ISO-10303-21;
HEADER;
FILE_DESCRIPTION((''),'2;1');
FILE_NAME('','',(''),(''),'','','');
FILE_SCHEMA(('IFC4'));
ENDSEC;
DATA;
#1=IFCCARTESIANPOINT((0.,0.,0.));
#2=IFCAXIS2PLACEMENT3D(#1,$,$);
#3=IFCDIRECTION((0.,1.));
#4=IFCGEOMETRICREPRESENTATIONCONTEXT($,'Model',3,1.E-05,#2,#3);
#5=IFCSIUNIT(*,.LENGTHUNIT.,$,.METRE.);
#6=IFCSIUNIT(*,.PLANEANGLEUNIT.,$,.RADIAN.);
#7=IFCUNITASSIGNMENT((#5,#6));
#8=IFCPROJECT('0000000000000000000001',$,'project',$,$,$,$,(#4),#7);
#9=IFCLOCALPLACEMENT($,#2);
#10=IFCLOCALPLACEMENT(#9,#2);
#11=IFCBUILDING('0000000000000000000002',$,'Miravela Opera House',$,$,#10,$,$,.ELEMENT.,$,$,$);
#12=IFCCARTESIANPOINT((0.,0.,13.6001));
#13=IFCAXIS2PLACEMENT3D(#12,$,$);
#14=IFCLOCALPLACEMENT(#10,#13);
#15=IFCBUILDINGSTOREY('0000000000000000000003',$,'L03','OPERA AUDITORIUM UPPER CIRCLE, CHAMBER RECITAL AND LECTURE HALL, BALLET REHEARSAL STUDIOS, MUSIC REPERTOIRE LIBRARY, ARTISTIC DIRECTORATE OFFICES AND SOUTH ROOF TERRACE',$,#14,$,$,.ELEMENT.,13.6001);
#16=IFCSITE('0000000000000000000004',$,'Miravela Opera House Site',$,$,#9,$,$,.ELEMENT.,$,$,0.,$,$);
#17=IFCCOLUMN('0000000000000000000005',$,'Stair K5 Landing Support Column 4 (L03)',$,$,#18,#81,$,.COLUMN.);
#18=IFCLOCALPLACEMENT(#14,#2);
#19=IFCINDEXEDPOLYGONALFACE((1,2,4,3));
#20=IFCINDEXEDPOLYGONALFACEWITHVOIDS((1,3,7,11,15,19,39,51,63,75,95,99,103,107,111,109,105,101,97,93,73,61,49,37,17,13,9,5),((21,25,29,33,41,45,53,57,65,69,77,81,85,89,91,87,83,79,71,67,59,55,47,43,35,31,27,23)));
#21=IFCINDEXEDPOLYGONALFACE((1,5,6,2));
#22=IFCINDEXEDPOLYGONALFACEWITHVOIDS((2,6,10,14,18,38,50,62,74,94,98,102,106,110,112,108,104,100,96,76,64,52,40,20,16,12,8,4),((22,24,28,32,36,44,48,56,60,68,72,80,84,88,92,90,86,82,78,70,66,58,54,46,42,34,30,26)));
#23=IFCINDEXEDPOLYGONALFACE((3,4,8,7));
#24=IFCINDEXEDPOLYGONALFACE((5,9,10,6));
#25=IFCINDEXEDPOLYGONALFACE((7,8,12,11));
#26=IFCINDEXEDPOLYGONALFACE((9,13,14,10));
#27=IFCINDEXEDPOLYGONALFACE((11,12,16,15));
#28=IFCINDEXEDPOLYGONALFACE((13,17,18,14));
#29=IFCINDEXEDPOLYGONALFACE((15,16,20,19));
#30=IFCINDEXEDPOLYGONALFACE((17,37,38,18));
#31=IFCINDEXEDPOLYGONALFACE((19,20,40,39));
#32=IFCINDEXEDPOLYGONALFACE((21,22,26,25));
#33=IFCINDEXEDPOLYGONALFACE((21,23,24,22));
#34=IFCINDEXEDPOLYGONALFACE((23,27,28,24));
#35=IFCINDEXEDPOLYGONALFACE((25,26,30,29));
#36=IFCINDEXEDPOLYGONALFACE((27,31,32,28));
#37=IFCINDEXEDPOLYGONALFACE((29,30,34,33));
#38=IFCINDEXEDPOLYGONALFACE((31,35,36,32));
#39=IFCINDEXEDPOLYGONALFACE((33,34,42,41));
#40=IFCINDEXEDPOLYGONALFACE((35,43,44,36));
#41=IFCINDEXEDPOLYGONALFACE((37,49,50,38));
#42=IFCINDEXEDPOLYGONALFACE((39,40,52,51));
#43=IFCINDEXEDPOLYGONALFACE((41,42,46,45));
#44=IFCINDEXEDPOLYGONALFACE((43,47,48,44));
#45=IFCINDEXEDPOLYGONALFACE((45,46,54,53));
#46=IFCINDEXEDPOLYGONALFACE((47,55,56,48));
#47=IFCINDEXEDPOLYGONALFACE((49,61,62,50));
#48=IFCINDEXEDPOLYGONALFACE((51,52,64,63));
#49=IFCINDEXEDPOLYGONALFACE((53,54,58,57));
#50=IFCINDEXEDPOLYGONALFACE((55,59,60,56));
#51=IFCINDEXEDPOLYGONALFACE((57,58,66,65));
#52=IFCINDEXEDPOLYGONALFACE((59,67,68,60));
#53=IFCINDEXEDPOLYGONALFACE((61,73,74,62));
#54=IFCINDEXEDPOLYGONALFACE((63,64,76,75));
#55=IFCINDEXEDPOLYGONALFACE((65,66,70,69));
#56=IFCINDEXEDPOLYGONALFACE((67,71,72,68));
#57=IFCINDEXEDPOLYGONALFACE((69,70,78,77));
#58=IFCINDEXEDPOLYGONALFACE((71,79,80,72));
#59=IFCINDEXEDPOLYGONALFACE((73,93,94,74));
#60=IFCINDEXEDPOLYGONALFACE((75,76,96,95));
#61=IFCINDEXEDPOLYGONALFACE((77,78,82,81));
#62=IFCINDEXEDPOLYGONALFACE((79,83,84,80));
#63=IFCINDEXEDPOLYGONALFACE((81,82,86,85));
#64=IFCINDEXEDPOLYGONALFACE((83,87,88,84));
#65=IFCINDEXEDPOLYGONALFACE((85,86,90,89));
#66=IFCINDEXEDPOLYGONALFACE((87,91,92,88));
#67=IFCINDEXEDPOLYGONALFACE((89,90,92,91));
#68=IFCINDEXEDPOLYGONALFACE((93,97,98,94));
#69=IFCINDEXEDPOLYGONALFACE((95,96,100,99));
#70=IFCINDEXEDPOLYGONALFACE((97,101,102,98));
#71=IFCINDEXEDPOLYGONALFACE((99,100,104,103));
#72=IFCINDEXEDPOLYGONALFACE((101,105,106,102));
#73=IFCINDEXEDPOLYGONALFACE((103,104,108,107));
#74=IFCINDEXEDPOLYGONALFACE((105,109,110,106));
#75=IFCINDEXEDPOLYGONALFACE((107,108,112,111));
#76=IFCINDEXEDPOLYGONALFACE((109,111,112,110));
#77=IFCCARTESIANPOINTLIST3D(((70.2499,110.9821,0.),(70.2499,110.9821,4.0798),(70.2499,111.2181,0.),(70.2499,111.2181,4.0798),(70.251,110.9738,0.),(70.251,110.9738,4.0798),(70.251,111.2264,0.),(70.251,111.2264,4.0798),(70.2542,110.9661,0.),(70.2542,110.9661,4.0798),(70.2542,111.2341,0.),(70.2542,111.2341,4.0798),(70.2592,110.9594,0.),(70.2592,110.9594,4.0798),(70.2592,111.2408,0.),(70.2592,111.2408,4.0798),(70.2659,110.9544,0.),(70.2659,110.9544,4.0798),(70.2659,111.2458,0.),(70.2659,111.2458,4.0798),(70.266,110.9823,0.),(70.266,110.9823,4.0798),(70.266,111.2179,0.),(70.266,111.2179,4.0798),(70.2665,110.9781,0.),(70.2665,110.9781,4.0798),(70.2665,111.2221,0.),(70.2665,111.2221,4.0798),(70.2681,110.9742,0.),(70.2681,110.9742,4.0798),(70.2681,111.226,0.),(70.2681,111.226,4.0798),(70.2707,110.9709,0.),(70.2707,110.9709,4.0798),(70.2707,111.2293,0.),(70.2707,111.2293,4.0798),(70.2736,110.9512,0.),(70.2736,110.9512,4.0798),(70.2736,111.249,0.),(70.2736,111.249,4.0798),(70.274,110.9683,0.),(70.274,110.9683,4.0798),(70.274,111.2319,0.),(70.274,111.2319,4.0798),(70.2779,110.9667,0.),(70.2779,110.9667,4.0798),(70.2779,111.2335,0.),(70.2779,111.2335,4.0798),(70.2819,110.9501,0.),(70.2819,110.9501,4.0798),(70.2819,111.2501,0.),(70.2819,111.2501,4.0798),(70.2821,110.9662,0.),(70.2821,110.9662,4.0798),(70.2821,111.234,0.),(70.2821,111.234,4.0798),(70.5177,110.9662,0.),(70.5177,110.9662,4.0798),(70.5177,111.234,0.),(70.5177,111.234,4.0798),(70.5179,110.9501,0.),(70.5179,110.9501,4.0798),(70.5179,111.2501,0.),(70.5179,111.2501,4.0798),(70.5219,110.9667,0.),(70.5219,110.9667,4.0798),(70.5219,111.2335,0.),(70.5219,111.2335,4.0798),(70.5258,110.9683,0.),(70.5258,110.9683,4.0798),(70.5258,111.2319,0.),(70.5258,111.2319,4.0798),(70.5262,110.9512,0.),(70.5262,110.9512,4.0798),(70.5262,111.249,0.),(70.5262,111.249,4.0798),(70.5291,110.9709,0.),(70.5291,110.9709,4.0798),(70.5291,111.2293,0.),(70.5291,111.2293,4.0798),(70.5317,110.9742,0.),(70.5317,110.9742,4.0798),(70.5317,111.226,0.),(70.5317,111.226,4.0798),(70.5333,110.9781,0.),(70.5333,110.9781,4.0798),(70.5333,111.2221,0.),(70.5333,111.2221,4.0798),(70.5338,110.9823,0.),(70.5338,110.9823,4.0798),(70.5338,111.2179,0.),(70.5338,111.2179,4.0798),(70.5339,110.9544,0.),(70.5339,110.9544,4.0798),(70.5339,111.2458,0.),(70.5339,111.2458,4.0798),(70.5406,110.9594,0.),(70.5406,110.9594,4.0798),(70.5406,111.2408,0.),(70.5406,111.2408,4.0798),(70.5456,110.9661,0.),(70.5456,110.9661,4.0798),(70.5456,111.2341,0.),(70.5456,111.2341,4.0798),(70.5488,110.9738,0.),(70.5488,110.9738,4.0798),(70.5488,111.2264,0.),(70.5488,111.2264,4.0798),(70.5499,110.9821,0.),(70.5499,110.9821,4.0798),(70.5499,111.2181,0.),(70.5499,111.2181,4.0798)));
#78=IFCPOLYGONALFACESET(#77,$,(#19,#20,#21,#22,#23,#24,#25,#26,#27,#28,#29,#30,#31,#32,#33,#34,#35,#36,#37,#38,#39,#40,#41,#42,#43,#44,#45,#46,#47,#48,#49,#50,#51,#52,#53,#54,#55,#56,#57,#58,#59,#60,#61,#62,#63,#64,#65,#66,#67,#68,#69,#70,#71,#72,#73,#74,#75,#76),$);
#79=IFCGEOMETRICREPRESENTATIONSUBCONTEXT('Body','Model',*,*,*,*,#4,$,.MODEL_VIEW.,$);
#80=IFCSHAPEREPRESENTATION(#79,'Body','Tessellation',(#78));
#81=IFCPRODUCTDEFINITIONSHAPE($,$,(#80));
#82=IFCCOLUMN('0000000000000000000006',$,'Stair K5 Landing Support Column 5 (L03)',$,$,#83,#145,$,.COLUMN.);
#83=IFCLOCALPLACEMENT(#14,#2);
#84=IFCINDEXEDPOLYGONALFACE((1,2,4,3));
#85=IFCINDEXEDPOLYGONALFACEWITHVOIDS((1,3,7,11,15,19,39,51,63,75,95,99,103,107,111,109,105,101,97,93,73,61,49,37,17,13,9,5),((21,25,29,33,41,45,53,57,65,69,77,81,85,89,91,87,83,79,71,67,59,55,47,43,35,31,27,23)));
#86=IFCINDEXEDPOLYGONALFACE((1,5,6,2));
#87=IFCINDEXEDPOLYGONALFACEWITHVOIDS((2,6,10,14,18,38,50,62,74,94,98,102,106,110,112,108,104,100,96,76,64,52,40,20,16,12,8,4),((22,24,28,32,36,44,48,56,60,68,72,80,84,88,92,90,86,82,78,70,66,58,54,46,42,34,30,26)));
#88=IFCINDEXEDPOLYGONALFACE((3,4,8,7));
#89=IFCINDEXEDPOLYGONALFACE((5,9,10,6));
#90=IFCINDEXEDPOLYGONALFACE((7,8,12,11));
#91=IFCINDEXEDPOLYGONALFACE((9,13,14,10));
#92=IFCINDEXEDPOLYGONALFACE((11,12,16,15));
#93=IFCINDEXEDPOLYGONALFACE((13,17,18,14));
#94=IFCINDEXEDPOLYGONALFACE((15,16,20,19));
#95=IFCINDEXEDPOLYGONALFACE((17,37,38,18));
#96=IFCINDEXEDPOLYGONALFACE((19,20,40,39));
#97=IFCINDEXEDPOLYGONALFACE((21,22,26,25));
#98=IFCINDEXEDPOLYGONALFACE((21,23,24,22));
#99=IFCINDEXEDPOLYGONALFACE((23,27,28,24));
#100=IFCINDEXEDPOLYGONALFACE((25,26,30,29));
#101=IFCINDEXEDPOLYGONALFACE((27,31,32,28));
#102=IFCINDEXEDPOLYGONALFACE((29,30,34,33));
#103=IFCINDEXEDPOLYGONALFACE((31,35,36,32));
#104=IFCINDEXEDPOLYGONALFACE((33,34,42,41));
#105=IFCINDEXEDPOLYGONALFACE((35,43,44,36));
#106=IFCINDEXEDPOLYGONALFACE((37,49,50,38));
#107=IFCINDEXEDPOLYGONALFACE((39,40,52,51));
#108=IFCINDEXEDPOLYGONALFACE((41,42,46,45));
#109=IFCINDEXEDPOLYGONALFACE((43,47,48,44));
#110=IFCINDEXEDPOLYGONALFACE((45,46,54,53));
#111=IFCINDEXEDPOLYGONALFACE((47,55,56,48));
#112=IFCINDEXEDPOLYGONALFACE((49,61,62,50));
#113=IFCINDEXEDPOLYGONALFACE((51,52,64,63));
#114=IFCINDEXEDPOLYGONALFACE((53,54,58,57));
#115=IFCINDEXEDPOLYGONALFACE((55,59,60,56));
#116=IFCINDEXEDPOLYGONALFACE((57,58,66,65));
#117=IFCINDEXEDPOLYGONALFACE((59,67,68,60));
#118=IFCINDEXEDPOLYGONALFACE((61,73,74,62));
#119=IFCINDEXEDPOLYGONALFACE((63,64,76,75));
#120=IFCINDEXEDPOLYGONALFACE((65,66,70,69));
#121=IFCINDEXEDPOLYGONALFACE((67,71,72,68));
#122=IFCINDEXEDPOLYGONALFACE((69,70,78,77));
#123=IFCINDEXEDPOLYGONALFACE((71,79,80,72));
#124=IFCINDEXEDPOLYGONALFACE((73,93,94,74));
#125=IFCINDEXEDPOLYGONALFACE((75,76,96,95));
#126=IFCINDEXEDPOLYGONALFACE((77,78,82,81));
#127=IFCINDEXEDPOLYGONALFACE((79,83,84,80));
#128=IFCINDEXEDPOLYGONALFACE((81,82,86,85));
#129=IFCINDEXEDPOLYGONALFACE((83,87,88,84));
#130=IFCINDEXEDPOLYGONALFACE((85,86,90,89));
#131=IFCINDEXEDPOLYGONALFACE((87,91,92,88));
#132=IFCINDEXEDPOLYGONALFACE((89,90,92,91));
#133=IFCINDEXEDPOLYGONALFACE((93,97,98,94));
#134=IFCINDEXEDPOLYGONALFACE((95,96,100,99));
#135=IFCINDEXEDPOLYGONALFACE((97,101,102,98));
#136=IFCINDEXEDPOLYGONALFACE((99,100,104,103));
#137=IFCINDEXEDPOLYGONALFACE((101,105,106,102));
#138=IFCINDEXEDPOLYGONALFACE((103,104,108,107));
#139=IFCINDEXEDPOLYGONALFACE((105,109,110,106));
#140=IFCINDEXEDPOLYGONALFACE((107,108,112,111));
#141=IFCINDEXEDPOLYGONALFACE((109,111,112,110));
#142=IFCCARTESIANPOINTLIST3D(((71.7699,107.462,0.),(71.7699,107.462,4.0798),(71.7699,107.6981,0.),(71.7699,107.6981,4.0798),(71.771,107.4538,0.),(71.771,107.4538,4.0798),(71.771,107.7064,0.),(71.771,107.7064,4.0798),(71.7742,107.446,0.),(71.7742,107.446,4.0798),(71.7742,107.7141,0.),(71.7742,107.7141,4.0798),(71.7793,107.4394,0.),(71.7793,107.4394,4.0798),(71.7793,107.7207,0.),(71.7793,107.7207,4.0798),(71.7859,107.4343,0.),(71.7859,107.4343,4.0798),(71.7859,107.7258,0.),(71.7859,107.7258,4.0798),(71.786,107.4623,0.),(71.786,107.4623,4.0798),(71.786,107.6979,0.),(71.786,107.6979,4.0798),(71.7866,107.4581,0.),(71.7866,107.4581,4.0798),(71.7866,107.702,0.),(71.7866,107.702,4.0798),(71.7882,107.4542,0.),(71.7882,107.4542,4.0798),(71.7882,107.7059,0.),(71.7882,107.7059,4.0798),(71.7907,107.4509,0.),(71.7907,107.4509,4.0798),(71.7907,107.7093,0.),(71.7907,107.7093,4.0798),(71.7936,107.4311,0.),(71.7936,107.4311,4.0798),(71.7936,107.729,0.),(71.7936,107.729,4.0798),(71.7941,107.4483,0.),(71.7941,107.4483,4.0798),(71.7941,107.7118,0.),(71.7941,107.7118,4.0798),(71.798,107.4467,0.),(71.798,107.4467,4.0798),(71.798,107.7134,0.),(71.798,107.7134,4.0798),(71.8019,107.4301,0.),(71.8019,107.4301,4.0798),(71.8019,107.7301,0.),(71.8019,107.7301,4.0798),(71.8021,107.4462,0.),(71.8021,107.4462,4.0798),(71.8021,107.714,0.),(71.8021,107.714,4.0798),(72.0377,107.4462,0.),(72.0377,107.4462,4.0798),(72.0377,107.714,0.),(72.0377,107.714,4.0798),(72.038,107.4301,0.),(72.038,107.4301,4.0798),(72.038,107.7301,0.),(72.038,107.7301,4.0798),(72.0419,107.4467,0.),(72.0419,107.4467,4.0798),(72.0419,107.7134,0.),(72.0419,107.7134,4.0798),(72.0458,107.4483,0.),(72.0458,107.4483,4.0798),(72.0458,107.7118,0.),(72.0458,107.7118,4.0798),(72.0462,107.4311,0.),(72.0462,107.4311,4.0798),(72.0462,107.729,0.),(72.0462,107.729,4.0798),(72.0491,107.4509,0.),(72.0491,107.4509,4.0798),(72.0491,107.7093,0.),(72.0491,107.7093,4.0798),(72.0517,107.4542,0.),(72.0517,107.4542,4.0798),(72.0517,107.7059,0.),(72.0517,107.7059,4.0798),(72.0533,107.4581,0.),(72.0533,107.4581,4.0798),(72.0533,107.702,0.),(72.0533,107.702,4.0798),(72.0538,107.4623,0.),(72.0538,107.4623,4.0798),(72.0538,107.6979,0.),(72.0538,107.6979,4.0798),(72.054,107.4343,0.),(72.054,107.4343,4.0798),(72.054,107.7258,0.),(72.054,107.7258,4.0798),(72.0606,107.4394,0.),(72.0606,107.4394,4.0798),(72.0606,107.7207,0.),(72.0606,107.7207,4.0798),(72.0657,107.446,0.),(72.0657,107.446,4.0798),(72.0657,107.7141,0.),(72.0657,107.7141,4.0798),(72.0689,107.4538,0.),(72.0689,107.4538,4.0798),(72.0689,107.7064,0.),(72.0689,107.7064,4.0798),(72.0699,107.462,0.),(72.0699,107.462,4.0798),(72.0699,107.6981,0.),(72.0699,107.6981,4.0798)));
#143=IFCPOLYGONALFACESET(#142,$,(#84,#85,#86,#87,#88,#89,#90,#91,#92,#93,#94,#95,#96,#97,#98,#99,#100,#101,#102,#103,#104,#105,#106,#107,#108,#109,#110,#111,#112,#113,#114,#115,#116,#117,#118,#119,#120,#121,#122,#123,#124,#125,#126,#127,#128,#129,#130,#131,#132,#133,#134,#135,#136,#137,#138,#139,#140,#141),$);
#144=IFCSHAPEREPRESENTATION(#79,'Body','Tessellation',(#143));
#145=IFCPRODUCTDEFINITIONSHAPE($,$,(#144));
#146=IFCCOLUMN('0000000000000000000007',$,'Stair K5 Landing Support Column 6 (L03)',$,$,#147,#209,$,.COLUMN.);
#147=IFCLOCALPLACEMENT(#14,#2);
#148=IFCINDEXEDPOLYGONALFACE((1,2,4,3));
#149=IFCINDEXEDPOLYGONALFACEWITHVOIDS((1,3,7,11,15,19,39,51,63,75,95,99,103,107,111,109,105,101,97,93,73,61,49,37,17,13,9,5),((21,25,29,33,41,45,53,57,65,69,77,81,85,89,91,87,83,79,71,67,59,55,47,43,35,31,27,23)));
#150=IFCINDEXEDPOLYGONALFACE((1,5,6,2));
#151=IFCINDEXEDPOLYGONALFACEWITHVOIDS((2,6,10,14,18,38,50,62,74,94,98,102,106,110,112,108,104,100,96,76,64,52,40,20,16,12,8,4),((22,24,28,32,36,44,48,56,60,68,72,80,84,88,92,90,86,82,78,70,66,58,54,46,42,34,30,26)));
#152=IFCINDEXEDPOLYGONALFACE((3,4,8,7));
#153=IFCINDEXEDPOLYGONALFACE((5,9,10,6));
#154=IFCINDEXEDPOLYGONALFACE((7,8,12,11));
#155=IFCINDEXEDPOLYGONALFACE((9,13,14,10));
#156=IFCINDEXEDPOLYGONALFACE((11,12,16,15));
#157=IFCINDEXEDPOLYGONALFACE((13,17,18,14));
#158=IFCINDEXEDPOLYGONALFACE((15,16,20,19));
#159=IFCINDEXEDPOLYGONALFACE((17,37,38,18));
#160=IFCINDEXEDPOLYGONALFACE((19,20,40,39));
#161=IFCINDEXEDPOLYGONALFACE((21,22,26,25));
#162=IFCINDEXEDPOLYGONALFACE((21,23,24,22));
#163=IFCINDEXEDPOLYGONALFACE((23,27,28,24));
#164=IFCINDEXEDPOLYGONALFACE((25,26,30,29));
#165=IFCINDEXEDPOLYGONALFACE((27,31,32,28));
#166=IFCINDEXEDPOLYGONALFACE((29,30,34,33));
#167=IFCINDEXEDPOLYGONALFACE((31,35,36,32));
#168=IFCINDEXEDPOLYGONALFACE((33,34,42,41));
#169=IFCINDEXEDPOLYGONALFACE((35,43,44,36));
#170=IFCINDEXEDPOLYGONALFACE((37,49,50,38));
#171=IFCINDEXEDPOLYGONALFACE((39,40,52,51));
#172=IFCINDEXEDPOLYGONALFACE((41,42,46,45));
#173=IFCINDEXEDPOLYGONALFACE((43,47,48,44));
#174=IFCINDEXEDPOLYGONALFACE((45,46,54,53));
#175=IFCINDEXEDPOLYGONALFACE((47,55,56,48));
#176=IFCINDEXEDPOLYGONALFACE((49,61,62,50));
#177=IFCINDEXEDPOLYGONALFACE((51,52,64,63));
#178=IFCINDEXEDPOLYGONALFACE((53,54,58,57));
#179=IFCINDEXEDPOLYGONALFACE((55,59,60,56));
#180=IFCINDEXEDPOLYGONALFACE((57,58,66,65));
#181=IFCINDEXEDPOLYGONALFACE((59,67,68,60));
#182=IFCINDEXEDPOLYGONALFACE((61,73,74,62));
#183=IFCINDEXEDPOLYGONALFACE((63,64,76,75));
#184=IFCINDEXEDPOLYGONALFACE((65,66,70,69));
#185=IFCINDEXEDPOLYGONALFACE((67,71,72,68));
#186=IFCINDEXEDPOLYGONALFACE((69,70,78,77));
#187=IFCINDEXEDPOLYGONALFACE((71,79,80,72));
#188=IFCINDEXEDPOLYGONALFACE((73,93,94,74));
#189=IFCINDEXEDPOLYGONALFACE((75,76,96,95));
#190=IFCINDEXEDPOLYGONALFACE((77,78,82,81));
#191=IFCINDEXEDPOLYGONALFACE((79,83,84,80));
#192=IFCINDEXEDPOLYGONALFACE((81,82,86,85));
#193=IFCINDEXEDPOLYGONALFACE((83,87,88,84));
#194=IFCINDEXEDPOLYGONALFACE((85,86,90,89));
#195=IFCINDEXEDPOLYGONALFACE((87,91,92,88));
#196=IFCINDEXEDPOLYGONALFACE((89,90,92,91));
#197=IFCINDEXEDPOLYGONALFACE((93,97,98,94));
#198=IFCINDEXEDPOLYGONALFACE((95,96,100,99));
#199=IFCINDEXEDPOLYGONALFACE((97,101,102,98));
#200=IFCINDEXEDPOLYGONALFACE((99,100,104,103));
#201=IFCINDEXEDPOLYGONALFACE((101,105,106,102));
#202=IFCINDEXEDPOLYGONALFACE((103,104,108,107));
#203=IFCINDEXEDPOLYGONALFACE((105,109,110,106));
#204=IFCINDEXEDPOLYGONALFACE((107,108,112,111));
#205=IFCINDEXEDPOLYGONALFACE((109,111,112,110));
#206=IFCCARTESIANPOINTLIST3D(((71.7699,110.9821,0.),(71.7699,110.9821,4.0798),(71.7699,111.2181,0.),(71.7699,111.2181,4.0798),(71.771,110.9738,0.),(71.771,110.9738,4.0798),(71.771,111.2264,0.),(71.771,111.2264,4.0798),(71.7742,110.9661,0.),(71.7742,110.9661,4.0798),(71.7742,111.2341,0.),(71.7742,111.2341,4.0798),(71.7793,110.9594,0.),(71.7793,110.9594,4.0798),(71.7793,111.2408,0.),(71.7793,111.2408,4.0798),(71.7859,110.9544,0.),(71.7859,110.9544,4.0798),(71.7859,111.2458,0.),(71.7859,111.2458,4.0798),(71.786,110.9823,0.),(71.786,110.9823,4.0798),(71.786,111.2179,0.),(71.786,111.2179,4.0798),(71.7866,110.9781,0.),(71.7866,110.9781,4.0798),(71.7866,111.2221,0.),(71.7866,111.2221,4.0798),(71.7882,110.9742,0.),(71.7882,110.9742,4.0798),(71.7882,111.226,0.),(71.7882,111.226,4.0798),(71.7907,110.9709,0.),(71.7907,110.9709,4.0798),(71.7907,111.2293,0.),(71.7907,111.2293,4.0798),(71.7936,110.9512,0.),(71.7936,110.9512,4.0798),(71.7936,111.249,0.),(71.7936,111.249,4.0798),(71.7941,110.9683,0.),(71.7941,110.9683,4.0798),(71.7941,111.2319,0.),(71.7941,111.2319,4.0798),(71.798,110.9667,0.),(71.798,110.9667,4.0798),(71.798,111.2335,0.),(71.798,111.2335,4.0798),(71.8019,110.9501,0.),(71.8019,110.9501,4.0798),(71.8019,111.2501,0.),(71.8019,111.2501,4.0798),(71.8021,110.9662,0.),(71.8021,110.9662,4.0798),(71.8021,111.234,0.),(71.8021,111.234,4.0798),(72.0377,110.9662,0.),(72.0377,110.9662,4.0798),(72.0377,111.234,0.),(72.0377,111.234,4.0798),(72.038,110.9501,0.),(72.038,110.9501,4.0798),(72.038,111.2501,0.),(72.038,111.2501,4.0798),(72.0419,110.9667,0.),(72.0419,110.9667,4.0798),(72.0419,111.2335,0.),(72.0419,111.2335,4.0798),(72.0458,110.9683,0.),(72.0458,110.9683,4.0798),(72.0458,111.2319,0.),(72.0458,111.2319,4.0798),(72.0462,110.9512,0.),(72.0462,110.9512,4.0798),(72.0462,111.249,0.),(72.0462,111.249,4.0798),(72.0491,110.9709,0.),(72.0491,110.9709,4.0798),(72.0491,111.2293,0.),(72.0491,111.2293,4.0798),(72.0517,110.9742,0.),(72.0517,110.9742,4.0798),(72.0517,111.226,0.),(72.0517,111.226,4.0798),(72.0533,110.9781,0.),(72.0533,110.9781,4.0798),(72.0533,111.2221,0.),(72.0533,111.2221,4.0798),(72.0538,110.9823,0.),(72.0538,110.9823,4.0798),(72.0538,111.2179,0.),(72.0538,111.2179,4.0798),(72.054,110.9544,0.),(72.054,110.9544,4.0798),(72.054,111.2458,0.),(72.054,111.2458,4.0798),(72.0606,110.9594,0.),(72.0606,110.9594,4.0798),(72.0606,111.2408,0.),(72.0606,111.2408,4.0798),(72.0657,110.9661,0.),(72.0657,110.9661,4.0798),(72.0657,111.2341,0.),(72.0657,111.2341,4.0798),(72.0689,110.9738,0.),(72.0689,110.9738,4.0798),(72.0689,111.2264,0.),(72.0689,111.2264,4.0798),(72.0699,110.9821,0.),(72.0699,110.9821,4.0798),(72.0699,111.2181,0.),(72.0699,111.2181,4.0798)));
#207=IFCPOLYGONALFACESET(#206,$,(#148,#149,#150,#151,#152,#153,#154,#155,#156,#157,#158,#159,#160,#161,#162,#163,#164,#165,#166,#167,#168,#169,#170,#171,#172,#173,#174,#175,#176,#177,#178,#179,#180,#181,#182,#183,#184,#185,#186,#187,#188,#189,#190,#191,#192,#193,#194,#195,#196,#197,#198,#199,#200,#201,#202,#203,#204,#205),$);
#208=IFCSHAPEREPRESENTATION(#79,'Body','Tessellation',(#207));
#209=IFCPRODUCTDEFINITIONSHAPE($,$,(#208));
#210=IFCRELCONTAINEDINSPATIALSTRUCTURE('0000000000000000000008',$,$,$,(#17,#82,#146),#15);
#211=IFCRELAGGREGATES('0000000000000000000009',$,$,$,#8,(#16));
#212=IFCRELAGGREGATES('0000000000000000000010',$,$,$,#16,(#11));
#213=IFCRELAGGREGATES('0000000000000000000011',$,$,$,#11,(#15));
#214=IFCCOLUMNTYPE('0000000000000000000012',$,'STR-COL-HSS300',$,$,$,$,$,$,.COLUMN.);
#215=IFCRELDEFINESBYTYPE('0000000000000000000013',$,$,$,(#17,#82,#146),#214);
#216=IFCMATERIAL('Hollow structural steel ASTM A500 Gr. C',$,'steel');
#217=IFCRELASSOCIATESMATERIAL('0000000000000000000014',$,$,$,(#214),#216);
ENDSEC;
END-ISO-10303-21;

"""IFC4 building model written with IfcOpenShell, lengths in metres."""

from ifc_helpers import new_model, si_unit, direction, frame, origin, origin_2d, place, context, subcontext, project, spatial, hollow_rectangle, extrude, material, material_profile, profile_set, type_object, element, save


model = new_model("IFC4")

# Units and contexts
model_context = context("Model", 3, precision=1e-05, world=origin(), true_north=direction((0.0, 1.0)))
body_context = subcontext(model_context, "Body", "Model", "MODEL_VIEW")
ifc_project = project(units=[si_unit("LENGTHUNIT", "METRE"), si_unit("PLANEANGLEUNIT", "RADIAN")], contexts=[model_context])

# Site, building, storey
site_placement = place(None, origin())
site = spatial("IfcSite", under=ifc_project, at=site_placement, Name="Miravela Opera House Site", CompositionType="ELEMENT", RefElevation=0.0)
building_placement = place(site_placement, origin())
building = spatial("IfcBuilding", under=site, at=building_placement, Name="Miravela Opera House", CompositionType="ELEMENT")
storey_placement = place(building_placement, frame((0.0, 0.0, 13.6001)))
storey = spatial("IfcBuildingStorey", under=building, at=storey_placement, Name="L03", Description="OPERA AUDITORIUM UPPER CIRCLE, CHAMBER RECITAL AND LECTURE HALL, BALLET REHEARSAL STUDIOS, MUSIC REPERTOIRE LIBRARY, ARTISTIC DIRECTORATE OFFICES AND SOUTH ROOF TERRACE", CompositionType="ELEMENT", Elevation=13.6001)

# Columns
ifc_material_1 = material(Name="Hollow structural steel ASTM A500 Gr. C", Category="steel")
ifc_material_profile_1 = material_profile(ifc_material_1, hollow_rectangle(XDim=0.3, YDim=0.3, WallThickness=0.0161, InnerFilletRadius=0.0161, OuterFilletRadius=0.032, at=origin_2d()), Name="HSS300X300X16")
ifc_profile_set_1 = profile_set([ifc_material_profile_1])
column_type = type_object("IfcColumnType", Name="STR-COL-HSS300", PredefinedType="COLUMN", material=ifc_profile_set_1)
for number, where, z_axis, x_axis, name in (
    (1, (70.3999, 111.1001, 0.0), (0.0, 0.0, 1.0), (1.0, 0.0, 0.0), "Stair K5 Landing Support Column 4 (L03)"),
    (2, (71.9199, 107.5801, 0.0), (0.0, 0.0, 1.0), (1.0, 0.0, 0.0), "Stair K5 Landing Support Column 5 (L03)"),
    (3, (71.9199, 111.1001, 0.0), (0.0, 0.0, 1.0), (1.0, 0.0, 0.0), "Stair K5 Landing Support Column 6 (L03)"),
):
    element("IfcColumn", number, at=place(storey_placement, frame(where, z_axis=z_axis, x_axis=x_axis)), inside=storey, type_object=column_type, Name=name, PredefinedType="COLUMN", context=body_context, shape_type="SweptSolid", body=[
        extrude(hollow_rectangle(XDim=0.3, YDim=0.3, WallThickness=0.0161, InnerFilletRadius=0.0161, OuterFilletRadius=0.032, at=origin_2d()), origin(), (0.0, 0.0, 1.0), 4.0798),
    ])

save(model, "model.ifc")
